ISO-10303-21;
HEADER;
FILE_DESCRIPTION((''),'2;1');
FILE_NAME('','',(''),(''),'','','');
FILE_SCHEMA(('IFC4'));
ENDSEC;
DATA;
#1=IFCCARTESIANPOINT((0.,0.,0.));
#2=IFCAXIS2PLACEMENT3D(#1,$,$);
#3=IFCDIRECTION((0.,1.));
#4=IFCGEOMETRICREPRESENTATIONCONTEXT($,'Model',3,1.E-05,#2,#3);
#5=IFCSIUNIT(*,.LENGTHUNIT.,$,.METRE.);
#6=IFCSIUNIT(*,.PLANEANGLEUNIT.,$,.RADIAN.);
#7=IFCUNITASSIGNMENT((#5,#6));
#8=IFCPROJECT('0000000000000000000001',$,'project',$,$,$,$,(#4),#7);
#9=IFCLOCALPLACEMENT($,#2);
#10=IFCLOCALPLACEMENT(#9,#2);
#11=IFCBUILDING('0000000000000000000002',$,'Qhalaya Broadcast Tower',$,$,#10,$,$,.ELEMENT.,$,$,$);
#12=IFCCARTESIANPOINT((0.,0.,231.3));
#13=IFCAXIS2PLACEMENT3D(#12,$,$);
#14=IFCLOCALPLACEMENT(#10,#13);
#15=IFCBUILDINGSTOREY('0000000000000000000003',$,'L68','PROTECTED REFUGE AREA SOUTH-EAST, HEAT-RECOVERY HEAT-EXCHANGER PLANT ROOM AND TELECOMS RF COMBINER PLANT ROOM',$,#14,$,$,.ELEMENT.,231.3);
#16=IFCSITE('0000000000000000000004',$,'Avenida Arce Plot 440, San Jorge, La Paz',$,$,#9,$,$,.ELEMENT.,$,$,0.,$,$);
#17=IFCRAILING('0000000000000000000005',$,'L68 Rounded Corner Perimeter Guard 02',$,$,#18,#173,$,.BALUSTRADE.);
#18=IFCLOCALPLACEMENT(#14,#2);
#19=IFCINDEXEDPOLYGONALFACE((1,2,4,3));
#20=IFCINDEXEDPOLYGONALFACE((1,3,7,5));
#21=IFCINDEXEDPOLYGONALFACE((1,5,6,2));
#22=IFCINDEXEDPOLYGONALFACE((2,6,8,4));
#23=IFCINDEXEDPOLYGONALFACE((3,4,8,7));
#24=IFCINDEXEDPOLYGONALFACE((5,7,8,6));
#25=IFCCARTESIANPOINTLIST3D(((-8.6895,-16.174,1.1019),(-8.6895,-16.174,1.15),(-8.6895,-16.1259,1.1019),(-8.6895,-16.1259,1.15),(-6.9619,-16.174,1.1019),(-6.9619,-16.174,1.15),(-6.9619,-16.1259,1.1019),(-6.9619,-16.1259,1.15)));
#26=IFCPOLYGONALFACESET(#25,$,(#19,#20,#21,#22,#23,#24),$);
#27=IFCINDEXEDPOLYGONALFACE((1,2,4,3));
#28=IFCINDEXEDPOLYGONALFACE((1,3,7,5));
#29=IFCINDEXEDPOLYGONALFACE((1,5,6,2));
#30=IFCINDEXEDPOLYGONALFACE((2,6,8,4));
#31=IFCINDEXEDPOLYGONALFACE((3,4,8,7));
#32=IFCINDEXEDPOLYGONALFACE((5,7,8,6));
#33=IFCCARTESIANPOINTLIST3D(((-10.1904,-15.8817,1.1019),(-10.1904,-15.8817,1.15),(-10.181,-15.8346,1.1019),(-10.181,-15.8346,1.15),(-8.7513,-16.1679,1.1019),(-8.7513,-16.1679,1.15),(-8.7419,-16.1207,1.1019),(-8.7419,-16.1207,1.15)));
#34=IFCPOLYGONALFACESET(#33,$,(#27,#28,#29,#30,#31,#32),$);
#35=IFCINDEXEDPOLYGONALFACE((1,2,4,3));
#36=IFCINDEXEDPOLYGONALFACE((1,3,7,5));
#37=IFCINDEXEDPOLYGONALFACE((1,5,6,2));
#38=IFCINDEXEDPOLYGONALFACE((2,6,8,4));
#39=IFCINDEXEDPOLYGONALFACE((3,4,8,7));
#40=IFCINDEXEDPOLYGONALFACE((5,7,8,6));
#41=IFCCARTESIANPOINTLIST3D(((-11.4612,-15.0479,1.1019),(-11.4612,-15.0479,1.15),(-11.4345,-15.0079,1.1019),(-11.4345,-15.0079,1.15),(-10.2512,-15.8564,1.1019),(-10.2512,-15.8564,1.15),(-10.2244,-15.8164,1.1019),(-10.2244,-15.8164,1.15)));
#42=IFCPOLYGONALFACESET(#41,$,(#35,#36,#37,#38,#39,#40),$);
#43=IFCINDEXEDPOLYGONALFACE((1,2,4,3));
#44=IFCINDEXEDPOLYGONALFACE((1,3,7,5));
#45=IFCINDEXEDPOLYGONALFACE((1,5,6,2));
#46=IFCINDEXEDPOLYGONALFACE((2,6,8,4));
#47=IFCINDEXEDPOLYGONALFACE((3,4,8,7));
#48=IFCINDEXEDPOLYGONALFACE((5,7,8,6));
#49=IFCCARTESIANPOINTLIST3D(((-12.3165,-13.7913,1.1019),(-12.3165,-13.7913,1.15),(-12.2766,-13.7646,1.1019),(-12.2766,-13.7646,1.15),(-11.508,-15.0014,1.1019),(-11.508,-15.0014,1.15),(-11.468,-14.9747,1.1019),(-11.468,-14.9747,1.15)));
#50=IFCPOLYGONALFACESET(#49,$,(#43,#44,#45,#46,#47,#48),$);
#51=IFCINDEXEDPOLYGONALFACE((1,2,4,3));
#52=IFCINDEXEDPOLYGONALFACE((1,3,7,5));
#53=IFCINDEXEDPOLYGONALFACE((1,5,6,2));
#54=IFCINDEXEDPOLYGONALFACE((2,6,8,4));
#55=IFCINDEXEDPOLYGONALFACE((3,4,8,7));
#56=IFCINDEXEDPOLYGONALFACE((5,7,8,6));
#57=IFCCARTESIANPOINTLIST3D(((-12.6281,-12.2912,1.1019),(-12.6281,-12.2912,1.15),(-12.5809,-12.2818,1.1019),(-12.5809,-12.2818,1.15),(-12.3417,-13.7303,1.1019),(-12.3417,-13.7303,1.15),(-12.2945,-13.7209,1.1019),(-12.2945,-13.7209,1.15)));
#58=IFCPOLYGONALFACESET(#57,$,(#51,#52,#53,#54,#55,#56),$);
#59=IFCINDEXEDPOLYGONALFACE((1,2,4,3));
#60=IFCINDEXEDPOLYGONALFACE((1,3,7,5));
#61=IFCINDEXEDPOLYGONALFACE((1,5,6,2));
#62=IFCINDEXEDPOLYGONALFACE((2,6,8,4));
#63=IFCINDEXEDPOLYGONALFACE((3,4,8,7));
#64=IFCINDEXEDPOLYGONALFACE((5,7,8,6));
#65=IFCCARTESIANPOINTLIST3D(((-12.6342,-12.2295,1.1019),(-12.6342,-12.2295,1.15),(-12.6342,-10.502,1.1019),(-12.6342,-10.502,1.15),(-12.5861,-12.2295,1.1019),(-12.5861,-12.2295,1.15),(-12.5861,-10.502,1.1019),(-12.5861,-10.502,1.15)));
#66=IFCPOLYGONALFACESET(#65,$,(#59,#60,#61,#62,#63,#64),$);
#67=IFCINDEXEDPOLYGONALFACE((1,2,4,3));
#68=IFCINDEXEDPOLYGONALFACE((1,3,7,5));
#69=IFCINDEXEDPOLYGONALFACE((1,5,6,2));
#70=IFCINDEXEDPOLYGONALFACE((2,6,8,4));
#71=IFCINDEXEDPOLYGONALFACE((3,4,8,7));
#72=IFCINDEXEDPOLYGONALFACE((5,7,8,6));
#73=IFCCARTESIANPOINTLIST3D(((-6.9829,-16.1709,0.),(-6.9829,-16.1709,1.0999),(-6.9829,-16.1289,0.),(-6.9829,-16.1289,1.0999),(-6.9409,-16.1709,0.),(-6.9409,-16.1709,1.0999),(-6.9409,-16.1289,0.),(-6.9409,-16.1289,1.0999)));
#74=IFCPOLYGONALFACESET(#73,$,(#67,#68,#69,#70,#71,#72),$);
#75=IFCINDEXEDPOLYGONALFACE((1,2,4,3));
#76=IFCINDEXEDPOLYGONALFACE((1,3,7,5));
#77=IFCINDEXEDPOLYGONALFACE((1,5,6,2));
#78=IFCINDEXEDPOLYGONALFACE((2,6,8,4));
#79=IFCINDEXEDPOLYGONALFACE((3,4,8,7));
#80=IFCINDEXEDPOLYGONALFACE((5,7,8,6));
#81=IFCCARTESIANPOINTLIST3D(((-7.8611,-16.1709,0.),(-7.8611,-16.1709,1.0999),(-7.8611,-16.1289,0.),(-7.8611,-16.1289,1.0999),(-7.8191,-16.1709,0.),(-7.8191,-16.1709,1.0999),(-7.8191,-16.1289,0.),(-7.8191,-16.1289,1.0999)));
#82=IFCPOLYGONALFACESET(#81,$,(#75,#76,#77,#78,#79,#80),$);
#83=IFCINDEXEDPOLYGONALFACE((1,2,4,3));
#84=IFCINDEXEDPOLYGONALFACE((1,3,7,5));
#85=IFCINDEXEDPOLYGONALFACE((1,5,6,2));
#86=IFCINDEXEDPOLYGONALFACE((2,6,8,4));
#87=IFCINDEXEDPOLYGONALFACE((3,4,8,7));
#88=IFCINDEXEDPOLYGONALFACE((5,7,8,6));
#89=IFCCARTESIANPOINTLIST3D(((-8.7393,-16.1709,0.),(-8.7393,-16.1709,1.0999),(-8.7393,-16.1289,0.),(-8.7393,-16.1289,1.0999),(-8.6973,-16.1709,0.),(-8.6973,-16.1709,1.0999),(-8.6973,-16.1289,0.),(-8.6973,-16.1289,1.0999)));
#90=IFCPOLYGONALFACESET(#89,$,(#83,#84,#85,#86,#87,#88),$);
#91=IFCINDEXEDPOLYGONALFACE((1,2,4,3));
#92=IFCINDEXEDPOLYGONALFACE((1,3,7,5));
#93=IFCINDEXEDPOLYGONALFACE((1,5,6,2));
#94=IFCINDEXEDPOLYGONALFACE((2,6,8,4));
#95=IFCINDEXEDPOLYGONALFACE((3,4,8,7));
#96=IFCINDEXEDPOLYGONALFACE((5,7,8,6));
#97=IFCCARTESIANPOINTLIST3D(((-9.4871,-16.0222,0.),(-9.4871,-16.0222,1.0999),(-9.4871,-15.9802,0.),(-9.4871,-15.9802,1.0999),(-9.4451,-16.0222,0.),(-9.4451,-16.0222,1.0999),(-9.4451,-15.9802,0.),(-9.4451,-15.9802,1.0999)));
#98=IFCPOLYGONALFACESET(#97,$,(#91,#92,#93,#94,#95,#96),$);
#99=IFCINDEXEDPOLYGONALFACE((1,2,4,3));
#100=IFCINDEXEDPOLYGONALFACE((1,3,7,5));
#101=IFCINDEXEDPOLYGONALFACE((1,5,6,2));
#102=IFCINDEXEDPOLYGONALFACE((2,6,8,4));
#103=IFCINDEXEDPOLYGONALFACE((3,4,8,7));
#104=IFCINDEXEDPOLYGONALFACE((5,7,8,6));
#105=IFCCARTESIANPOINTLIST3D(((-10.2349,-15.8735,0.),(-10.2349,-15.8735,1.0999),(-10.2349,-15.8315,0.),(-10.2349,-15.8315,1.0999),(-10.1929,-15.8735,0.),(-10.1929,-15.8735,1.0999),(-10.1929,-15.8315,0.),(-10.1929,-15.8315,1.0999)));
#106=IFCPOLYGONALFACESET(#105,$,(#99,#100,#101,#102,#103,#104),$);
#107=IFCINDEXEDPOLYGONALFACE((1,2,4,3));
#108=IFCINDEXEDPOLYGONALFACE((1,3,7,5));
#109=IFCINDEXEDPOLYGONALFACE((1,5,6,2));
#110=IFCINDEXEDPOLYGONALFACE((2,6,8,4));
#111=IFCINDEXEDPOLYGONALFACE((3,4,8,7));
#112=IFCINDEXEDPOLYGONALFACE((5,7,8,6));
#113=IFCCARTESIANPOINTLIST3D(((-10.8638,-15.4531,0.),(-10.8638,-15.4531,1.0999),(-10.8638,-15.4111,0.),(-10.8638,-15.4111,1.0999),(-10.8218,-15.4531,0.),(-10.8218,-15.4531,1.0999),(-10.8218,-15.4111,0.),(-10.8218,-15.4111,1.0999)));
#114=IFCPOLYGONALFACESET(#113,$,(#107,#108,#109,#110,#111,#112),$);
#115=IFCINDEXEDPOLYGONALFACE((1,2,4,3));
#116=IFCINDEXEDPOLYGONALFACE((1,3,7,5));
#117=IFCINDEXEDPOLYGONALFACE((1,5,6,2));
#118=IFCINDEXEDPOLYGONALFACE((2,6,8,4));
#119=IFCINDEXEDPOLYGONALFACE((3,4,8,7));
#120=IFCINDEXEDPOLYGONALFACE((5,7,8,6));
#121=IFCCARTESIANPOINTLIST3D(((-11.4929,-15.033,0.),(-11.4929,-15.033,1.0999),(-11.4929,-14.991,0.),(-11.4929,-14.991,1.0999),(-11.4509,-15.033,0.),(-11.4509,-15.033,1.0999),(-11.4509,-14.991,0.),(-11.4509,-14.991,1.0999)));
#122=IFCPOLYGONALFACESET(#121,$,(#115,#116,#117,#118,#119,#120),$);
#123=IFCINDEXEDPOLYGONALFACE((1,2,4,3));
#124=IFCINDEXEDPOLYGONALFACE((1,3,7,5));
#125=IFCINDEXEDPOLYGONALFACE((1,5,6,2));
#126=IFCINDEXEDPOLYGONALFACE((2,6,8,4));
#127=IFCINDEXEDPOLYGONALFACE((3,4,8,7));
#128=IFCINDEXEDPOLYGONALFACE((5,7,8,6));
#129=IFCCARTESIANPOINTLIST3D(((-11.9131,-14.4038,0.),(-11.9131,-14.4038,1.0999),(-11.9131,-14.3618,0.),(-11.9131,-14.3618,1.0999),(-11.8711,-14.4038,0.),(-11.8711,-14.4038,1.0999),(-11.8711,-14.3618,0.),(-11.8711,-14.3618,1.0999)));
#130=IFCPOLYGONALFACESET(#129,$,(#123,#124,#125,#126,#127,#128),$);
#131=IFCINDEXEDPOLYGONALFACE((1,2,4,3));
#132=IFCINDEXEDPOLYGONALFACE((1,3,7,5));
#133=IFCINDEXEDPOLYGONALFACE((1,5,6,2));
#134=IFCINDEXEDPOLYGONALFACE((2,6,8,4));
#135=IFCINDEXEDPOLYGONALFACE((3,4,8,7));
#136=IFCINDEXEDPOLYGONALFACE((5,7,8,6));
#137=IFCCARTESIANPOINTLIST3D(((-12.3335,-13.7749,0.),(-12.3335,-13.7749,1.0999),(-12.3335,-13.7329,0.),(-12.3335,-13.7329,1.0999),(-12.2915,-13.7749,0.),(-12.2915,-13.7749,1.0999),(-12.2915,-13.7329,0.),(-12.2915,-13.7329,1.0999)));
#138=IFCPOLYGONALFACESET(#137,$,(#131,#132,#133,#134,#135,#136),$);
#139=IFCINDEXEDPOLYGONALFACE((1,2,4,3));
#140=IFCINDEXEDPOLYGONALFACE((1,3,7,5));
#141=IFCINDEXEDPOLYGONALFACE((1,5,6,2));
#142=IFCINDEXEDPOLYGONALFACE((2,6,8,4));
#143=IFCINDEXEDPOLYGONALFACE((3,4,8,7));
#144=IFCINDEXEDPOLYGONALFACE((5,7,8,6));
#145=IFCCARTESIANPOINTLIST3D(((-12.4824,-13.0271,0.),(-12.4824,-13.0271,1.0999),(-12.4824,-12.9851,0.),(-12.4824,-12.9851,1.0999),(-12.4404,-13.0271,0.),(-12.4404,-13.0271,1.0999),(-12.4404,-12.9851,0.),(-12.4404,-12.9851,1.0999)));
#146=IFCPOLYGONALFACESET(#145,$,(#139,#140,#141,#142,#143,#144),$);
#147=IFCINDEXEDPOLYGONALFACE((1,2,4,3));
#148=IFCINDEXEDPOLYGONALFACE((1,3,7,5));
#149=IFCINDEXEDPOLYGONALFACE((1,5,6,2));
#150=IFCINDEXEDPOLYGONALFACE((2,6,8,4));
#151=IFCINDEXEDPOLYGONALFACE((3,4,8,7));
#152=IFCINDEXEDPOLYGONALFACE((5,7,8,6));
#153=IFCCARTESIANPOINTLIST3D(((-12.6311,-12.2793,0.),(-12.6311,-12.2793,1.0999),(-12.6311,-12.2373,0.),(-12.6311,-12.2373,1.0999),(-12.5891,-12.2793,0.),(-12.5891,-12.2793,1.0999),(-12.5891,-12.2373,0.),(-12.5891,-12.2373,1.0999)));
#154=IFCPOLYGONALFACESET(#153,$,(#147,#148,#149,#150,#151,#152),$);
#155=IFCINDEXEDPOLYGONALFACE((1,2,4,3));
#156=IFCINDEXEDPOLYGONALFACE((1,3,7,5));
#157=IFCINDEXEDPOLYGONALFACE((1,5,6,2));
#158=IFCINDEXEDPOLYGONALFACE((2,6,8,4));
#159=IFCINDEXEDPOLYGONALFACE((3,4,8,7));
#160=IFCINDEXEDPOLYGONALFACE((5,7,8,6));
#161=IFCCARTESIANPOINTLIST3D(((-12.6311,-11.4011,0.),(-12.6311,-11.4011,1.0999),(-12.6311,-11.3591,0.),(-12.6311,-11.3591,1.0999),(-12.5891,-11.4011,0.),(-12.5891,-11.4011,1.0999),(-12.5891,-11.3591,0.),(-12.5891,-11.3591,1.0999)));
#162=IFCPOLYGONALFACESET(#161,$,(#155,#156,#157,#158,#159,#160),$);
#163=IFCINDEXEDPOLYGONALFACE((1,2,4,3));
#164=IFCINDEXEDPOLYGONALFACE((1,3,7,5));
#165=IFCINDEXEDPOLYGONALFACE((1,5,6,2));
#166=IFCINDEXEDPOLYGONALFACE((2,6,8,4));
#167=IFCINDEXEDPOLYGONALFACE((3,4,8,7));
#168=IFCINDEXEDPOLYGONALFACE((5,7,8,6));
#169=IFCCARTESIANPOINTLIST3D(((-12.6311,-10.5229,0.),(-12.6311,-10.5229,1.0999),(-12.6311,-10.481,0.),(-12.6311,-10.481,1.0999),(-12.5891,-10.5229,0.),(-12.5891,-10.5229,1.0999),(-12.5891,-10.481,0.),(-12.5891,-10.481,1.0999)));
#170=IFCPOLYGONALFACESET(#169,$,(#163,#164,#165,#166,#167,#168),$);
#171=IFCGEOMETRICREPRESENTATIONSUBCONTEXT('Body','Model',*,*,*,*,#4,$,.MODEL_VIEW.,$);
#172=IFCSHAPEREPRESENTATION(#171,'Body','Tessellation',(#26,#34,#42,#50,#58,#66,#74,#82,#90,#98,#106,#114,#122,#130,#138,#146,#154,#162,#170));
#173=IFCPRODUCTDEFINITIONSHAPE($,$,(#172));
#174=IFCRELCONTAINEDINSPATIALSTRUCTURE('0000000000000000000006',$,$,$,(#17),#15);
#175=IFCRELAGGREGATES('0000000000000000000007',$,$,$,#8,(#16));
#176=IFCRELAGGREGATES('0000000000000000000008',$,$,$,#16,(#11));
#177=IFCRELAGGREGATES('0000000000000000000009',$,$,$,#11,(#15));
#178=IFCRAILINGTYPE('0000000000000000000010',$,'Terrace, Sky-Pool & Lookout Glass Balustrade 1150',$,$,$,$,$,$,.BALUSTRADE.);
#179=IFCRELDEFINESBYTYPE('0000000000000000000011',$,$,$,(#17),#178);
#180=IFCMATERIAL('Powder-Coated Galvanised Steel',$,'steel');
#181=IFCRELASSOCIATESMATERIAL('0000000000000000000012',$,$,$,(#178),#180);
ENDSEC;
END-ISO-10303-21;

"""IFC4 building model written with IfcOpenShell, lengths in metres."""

from ifc_helpers import new_model, si_unit, direction, frame, origin, origin_2d, place, context, subcontext, project, spatial, rectangle, extrude, material, type_object, element, save


model = new_model("IFC4")

# Units and contexts
model_context = context("Model", 3, precision=1e-05, world=origin(), true_north=direction((0.0, 1.0)))
body_context = subcontext(model_context, "Body", "Model", "MODEL_VIEW")
ifc_project = project(units=[si_unit("LENGTHUNIT", "METRE"), si_unit("PLANEANGLEUNIT", "RADIAN")], contexts=[model_context])

# Site, building, storey
site_placement = place(None, origin())
site = spatial("IfcSite", under=ifc_project, at=site_placement, Name="Avenida Arce Plot 440, San Jorge, La Paz", CompositionType="ELEMENT", RefElevation=0.0)
building_placement = place(site_placement, origin())
building = spatial("IfcBuilding", under=site, at=building_placement, Name="Qhalaya Broadcast Tower", CompositionType="ELEMENT")
storey_placement = place(building_placement, frame((0.0, 0.0, 231.3)))
storey = spatial("IfcBuildingStorey", under=building, at=storey_placement, Name="L68", Description="PROTECTED REFUGE AREA SOUTH-EAST, HEAT-RECOVERY HEAT-EXCHANGER PLANT ROOM AND TELECOMS RF COMBINER PLANT ROOM", CompositionType="ELEMENT", Elevation=231.3)

# Railing
ifc_material_1 = material(Name="Powder-Coated Galvanised Steel", Category="steel")
railing_type = type_object("IfcRailingType", Name="Terrace, Sky-Pool & Lookout Glass Balustrade 1150", PredefinedType="BALUSTRADE", material=ifc_material_1)
railing_placement = place(storey_placement, frame((-6.9619, -16.1499, 0.0)))
element("IfcRailing", 1, at=railing_placement, inside=storey, type_object=railing_type, Name="L68 Rounded Corner Perimeter Guard 02", PredefinedType="BALUSTRADE", context=body_context, shape_type="SweptSolid", body=[
    extrude(rectangle(XDim=0.0481, YDim=0.0481, at=origin_2d()), frame((0.0, 0.0, 1.126), z_axis=(-1.0, 0.0, 0.0), x_axis=(0.0, -1.0, 0.0)), (0.0, 0.0, 1.0), 1.7275),
    extrude(rectangle(XDim=0.0481, YDim=0.0481, at=origin_2d()), frame((-1.7847, 0.0056, 1.126), z_axis=(-0.980802, 0.195008, 0.0), x_axis=(-0.195008, -0.980802, 0.0)), (0.0, 0.0, 1.0), 1.4673),
    extrude(rectangle(XDim=0.0481, YDim=0.0481, at=origin_2d()), frame((-3.2759, 0.3135, 1.126), z_axis=(-0.831479, 0.555556, 0.0), x_axis=(-0.555556, -0.831479, 0.0)), (0.0, 0.0, 1.0), 1.4553),
    extrude(rectangle(XDim=0.0481, YDim=0.0481, at=origin_2d()), frame((-4.5261, 1.1619, 1.126), z_axis=(-0.555556, 0.831479, 0.0), x_axis=(-0.831479, -0.555556, 0.0)), (0.0, 0.0, 1.0), 1.4553),
    extrude(rectangle(XDim=0.0481, YDim=0.0481, at=origin_2d()), frame((-5.3562, 2.4243, 1.126), z_axis=(-0.195162, 0.980771, 0.0), x_axis=(-0.980771, -0.195162, 0.0)), (0.0, 0.0, 1.0), 1.4673),
    extrude(rectangle(XDim=0.0481, YDim=0.0481, at=origin_2d()), frame((-5.6482, 3.9204, 1.126), z_axis=(0.0, 1.0, 0.0), x_axis=(-1.0, 0.0, 0.0)), (0.0, 0.0, 1.0), 1.7275),
    extrude(rectangle(XDim=0.042, YDim=0.042, at=origin_2d()), origin(), (0.0, 0.0, 1.0), 1.0999),
    extrude(rectangle(XDim=0.042, YDim=0.042, at=origin_2d()), frame((-0.8782, 0.0, 0.0)), (0.0, 0.0, 1.0), 1.0999),
    extrude(rectangle(XDim=0.042, YDim=0.042, at=origin_2d()), frame((-1.7563, 0.0, 0.0)), (0.0, 0.0, 1.0), 1.0999),
    extrude(rectangle(XDim=0.042, YDim=0.042, at=origin_2d()), frame((-2.5042, 0.1487, 0.0)), (0.0, 0.0, 1.0), 1.0999),
    extrude(rectangle(XDim=0.042, YDim=0.042, at=origin_2d()), frame((-3.252, 0.2974, 0.0)), (0.0, 0.0, 1.0), 1.0999),
    extrude(rectangle(XDim=0.042, YDim=0.042, at=origin_2d()), frame((-3.8809, 0.7178, 0.0)), (0.0, 0.0, 1.0), 1.0999),
    extrude(rectangle(XDim=0.042, YDim=0.042, at=origin_2d()), frame((-4.51, 1.1379, 0.0)), (0.0, 0.0, 1.0), 1.0999),
    extrude(rectangle(XDim=0.042, YDim=0.042, at=origin_2d()), frame((-4.9302, 1.7671, 0.0)), (0.0, 0.0, 1.0), 1.0999),
    extrude(rectangle(XDim=0.042, YDim=0.042, at=origin_2d()), frame((-5.3506, 2.396, 0.0)), (0.0, 0.0, 1.0), 1.0999),
    extrude(rectangle(XDim=0.042, YDim=0.042, at=origin_2d()), frame((-5.4995, 3.1438, 0.0)), (0.0, 0.0, 1.0), 1.0999),
    extrude(rectangle(XDim=0.042, YDim=0.042, at=origin_2d()), frame((-5.6482, 3.8916, 0.0)), (0.0, 0.0, 1.0), 1.0999),
    extrude(rectangle(XDim=0.042, YDim=0.042, at=origin_2d()), frame((-5.6482, 4.7698, 0.0)), (0.0, 0.0, 1.0), 1.0999),
    extrude(rectangle(XDim=0.042, YDim=0.042, at=origin_2d()), frame((-5.6482, 5.6479, 0.0)), (0.0, 0.0, 1.0), 1.0999),
])

save(model, "model.ifc")
